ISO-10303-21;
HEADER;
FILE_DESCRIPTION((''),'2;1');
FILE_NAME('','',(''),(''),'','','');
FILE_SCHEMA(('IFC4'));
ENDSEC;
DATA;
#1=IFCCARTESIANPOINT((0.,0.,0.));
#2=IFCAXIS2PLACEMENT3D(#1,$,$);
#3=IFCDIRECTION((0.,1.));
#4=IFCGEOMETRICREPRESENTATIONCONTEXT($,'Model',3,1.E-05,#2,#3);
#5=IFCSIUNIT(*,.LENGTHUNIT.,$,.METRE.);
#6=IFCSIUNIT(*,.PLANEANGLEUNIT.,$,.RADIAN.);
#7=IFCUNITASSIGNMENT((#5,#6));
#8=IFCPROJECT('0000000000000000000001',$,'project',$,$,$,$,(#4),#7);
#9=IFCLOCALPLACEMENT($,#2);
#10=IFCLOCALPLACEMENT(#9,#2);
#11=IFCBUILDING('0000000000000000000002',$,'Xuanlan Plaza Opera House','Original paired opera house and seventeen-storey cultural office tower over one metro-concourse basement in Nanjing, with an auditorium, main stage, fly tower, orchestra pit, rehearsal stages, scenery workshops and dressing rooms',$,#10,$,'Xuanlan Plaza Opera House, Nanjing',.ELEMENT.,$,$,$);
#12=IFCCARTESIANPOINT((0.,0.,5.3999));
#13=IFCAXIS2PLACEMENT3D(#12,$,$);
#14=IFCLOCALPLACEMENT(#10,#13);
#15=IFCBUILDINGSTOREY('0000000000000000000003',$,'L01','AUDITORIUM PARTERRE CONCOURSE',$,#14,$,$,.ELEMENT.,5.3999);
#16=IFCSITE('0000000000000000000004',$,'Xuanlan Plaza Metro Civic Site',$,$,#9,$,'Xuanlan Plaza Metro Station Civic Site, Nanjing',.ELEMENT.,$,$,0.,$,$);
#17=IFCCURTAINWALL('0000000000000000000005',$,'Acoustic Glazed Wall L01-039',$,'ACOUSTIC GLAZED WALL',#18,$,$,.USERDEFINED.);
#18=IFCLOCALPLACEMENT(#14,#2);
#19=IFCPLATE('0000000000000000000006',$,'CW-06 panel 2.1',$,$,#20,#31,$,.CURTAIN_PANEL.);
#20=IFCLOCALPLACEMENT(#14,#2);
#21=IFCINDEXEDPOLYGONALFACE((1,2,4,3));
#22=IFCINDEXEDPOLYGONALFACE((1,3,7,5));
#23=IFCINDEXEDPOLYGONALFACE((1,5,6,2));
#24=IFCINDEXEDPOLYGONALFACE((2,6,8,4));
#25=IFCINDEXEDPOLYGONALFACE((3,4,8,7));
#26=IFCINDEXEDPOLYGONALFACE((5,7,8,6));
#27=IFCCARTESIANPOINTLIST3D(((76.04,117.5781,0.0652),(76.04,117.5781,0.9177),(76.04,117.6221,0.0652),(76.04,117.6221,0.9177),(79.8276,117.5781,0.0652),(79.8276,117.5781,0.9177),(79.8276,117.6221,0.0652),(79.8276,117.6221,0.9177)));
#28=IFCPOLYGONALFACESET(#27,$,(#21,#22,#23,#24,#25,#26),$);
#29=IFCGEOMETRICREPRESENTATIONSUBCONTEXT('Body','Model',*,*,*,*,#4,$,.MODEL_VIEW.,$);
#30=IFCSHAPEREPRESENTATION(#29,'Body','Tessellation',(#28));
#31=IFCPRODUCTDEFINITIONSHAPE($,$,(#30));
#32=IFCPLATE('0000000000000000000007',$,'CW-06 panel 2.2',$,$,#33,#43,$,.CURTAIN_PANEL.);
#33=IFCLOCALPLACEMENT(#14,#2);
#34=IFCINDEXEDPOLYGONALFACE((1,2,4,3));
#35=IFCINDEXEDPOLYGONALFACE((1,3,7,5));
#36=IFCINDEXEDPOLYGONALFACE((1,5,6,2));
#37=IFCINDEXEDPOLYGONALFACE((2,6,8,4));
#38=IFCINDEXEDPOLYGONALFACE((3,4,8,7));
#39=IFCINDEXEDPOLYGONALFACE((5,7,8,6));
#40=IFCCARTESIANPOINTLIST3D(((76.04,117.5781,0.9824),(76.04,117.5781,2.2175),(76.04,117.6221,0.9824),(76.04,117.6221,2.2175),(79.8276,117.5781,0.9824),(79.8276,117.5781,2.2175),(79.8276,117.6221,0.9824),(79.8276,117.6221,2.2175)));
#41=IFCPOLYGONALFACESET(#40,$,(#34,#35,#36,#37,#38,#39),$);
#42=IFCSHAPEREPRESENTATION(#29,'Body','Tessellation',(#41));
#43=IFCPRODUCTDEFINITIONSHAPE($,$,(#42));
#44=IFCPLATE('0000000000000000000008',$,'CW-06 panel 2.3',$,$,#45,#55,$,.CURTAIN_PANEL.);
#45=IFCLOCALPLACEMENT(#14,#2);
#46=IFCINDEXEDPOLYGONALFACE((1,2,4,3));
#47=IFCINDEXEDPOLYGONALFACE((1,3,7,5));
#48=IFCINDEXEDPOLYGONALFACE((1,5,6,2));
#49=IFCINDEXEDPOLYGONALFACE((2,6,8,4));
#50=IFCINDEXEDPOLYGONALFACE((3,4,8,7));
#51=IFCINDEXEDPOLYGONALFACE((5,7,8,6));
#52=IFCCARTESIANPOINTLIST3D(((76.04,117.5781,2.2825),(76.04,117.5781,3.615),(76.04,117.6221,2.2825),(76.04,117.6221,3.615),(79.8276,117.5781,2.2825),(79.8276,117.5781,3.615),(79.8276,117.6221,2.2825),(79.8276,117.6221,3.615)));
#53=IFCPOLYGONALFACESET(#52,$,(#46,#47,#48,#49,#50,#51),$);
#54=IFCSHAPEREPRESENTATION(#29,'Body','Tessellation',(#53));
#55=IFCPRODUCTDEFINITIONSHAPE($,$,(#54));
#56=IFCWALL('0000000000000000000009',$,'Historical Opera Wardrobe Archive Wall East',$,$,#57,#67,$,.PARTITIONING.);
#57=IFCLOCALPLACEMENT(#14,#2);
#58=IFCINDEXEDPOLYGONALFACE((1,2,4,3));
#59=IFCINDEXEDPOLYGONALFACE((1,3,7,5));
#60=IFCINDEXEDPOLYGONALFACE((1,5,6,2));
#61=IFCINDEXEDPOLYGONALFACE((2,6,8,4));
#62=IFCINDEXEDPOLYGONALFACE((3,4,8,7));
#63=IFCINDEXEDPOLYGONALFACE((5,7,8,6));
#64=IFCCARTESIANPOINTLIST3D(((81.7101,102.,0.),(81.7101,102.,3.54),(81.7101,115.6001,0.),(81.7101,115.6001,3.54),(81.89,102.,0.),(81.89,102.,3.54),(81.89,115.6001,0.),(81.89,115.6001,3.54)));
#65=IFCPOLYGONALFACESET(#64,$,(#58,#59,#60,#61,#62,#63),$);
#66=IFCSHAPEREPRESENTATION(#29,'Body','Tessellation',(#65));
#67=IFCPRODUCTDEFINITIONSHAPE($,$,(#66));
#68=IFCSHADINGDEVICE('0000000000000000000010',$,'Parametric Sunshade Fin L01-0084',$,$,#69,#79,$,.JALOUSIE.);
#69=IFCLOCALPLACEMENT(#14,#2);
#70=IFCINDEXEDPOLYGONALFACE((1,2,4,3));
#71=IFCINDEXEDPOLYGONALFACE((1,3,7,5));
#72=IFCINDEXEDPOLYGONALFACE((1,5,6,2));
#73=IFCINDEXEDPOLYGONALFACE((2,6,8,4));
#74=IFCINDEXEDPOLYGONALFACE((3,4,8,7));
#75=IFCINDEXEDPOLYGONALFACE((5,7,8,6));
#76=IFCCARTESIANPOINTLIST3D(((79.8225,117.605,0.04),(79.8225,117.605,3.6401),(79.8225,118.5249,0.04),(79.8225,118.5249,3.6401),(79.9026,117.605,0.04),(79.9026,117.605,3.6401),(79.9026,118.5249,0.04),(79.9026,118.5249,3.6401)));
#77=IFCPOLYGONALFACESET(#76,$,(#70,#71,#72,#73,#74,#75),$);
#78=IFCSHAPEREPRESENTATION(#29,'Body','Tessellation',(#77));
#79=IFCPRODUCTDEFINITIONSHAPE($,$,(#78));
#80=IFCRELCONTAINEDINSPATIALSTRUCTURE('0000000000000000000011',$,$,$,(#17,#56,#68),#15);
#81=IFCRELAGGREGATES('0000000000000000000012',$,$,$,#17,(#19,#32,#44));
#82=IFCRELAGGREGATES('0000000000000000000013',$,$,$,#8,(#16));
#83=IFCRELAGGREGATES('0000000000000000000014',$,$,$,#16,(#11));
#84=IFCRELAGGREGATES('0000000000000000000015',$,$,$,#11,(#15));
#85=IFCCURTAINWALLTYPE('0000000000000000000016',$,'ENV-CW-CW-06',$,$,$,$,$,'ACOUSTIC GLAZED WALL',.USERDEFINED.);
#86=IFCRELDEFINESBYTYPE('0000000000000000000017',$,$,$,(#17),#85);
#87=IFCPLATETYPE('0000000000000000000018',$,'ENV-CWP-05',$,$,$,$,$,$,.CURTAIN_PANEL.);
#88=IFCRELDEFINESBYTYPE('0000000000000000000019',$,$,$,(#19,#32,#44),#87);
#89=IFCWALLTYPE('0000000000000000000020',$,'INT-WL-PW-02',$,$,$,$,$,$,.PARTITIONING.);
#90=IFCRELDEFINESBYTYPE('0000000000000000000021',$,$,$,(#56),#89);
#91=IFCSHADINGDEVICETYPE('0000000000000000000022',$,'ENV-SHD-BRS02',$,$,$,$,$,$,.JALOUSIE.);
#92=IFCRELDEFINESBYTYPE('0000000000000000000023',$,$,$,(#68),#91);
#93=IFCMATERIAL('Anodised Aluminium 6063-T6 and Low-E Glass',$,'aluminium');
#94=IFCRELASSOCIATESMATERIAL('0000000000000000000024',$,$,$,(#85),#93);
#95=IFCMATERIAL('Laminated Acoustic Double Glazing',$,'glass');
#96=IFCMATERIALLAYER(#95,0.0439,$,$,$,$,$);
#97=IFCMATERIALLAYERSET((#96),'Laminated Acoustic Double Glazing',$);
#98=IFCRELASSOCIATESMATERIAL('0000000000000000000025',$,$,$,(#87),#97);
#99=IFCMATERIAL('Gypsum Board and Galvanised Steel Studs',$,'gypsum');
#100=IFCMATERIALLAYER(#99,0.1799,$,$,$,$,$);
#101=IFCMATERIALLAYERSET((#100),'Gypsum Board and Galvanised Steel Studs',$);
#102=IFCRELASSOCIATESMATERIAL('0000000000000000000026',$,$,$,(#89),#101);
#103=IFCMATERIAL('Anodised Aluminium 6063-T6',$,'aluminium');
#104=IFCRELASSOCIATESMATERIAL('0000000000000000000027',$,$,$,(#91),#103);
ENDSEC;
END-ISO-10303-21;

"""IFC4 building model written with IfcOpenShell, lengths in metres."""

from ifc_helpers import new_model, si_unit, direction, frame, frame_2d, origin, origin_2d, place, context, subcontext, project, spatial, rectangle, extrude, material, layer, layer_set, type_object, element, aggregate, save


model = new_model("IFC4")

# Units and contexts
model_context = context("Model", 3, precision=1e-05, world=origin(), true_north=direction((0.0, 1.0)))
body_context = subcontext(model_context, "Body", "Model", "MODEL_VIEW")
ifc_project = project(units=[si_unit("LENGTHUNIT", "METRE"), si_unit("PLANEANGLEUNIT", "RADIAN")], contexts=[model_context])

# Site, building, storey
site_placement = place(None, origin())
site = spatial("IfcSite", under=ifc_project, at=site_placement, Name="Xuanlan Plaza Metro Civic Site", LongName="Xuanlan Plaza Metro Station Civic Site, Nanjing", CompositionType="ELEMENT", RefElevation=0.0)
building_placement = place(site_placement, origin())
building = spatial("IfcBuilding", under=site, at=building_placement, Name="Xuanlan Plaza Opera House", Description="Original paired opera house and seventeen-storey cultural office tower over one metro-concourse basement in Nanjing, with an auditorium, main stage, fly tower, orchestra pit, rehearsal stages, scenery workshops and dressing rooms", LongName="Xuanlan Plaza Opera House, Nanjing", CompositionType="ELEMENT")
storey_placement = place(building_placement, frame((0.0, 0.0, 5.3999)))
storey = spatial("IfcBuildingStorey", under=building, at=storey_placement, Name="L01", Description="AUDITORIUM PARTERRE CONCOURSE", CompositionType="ELEMENT", Elevation=5.3999)

# Curtain wall
ifc_material_1 = material(Name="Anodised Aluminium 6063-T6 and Low-E Glass", Category="aluminium")
ifc_material_2 = material(Name="Anodised Aluminium 6063-T6", Category="aluminium")
curtain_wall_type_1 = type_object("IfcCurtainWallType", Name="ENV-CW-CW-06", ElementType="ACOUSTIC GLAZED WALL", PredefinedType="USERDEFINED", material=ifc_material_1)
curtain_wall_1_placement = place(storey_placement, origin())
curtain_wall_1 = element("IfcCurtainWall", 1, at=curtain_wall_1_placement, inside=storey, type_object=curtain_wall_type_1, Name="Acoustic Glazed Wall L01-039", ObjectType="ACOUSTIC GLAZED WALL", PredefinedType="USERDEFINED")

# Plates
ifc_material_3 = material(Name="Laminated Acoustic Double Glazing", Category="glass")
ifc_layer_1 = layer(ifc_material_3, 0.0439)
ifc_layer_set_1 = layer_set([ifc_layer_1], Name="Laminated Acoustic Double Glazing")
plate_type_1 = type_object("IfcPlateType", Name="ENV-CWP-05", PredefinedType="CURTAIN_PANEL", material=ifc_layer_set_1)
plate_1_placement = place(storey_placement, frame((77.9338, 117.6001, 0.0652), z_axis=(0.0, 0.0, 1.0), x_axis=(-1.0, 0.0, 0.0)))
plate_1 = element("IfcPlate", 2, at=plate_1_placement, type_object=plate_type_1, Name="CW-06 panel 2.1", PredefinedType="CURTAIN_PANEL", context=body_context, shape_type="SweptSolid", body=[
    extrude(rectangle(XDim=3.7876, YDim=0.0439, at=origin_2d()), origin(), (0.0, 0.0, 1.0), 0.8525),
])
plate_2_placement = place(storey_placement, frame((77.9338, 117.6001, 0.9824), z_axis=(0.0, 0.0, 1.0), x_axis=(-1.0, 0.0, 0.0)))
plate_2 = element("IfcPlate", 3, at=plate_2_placement, type_object=plate_type_1, Name="CW-06 panel 2.2", PredefinedType="CURTAIN_PANEL", context=body_context, shape_type="SweptSolid", body=[
    extrude(rectangle(XDim=3.7876, YDim=0.0439, at=origin_2d()), origin(), (0.0, 0.0, 1.0), 1.2351),
])
plate_3_placement = place(storey_placement, frame((77.9338, 117.6001, 2.2825), z_axis=(0.0, 0.0, 1.0), x_axis=(-1.0, 0.0, 0.0)))
plate_3 = element("IfcPlate", 4, at=plate_3_placement, type_object=plate_type_1, Name="CW-06 panel 2.3", PredefinedType="CURTAIN_PANEL", context=body_context, shape_type="SweptSolid", body=[
    extrude(rectangle(XDim=3.7876, YDim=0.0439, at=origin_2d()), origin(), (0.0, 0.0, 1.0), 1.3325),
])
aggregate(curtain_wall_1, [plate_1, plate_2, plate_3])

# Wall
ifc_material_4 = material(Name="Gypsum Board and Galvanised Steel Studs", Category="gypsum")
ifc_layer_2 = layer(ifc_material_4, 0.1799)
ifc_layer_set_2 = layer_set([ifc_layer_2], Name="Gypsum Board and Galvanised Steel Studs")
wall_type = type_object("IfcWallType", Name="INT-WL-PW-02", PredefinedType="PARTITIONING", material=ifc_layer_set_2)
wall_placement = place(storey_placement, frame((81.8, 102.0, 0.0), z_axis=(0.0, 0.0, 1.0), x_axis=(0.0, 1.0, 0.0)))
element("IfcWall", 5, at=wall_placement, inside=storey, type_object=wall_type, Name="Historical Opera Wardrobe Archive Wall East", PredefinedType="PARTITIONING", context=body_context, shape_type="SweptSolid", body=[
    extrude(rectangle(XDim=13.6001, YDim=0.1799, at=frame_2d((6.8, 0.0))), origin(), (0.0, 0.0, 1.0), 3.54),
])

# Shading device
shading_device_type = type_object("IfcShadingDeviceType", Name="ENV-SHD-BRS02", PredefinedType="JALOUSIE", material=ifc_material_2)
shading_device_placement = place(storey_placement, frame((79.8625, 118.0649, 0.04), z_axis=(0.0, 0.0, 1.0), x_axis=(0.0, 1.0, 0.0)))
element("IfcShadingDevice", 6, at=shading_device_placement, inside=storey, type_object=shading_device_type, Name="Parametric Sunshade Fin L01-0084", PredefinedType="JALOUSIE", context=body_context, shape_type="SweptSolid", body=[
    extrude(rectangle(XDim=0.9199, YDim=0.0801, at=origin_2d()), origin(), (0.0, 0.0, 1.0), 3.6001),
])

save(model, "model.ifc")
